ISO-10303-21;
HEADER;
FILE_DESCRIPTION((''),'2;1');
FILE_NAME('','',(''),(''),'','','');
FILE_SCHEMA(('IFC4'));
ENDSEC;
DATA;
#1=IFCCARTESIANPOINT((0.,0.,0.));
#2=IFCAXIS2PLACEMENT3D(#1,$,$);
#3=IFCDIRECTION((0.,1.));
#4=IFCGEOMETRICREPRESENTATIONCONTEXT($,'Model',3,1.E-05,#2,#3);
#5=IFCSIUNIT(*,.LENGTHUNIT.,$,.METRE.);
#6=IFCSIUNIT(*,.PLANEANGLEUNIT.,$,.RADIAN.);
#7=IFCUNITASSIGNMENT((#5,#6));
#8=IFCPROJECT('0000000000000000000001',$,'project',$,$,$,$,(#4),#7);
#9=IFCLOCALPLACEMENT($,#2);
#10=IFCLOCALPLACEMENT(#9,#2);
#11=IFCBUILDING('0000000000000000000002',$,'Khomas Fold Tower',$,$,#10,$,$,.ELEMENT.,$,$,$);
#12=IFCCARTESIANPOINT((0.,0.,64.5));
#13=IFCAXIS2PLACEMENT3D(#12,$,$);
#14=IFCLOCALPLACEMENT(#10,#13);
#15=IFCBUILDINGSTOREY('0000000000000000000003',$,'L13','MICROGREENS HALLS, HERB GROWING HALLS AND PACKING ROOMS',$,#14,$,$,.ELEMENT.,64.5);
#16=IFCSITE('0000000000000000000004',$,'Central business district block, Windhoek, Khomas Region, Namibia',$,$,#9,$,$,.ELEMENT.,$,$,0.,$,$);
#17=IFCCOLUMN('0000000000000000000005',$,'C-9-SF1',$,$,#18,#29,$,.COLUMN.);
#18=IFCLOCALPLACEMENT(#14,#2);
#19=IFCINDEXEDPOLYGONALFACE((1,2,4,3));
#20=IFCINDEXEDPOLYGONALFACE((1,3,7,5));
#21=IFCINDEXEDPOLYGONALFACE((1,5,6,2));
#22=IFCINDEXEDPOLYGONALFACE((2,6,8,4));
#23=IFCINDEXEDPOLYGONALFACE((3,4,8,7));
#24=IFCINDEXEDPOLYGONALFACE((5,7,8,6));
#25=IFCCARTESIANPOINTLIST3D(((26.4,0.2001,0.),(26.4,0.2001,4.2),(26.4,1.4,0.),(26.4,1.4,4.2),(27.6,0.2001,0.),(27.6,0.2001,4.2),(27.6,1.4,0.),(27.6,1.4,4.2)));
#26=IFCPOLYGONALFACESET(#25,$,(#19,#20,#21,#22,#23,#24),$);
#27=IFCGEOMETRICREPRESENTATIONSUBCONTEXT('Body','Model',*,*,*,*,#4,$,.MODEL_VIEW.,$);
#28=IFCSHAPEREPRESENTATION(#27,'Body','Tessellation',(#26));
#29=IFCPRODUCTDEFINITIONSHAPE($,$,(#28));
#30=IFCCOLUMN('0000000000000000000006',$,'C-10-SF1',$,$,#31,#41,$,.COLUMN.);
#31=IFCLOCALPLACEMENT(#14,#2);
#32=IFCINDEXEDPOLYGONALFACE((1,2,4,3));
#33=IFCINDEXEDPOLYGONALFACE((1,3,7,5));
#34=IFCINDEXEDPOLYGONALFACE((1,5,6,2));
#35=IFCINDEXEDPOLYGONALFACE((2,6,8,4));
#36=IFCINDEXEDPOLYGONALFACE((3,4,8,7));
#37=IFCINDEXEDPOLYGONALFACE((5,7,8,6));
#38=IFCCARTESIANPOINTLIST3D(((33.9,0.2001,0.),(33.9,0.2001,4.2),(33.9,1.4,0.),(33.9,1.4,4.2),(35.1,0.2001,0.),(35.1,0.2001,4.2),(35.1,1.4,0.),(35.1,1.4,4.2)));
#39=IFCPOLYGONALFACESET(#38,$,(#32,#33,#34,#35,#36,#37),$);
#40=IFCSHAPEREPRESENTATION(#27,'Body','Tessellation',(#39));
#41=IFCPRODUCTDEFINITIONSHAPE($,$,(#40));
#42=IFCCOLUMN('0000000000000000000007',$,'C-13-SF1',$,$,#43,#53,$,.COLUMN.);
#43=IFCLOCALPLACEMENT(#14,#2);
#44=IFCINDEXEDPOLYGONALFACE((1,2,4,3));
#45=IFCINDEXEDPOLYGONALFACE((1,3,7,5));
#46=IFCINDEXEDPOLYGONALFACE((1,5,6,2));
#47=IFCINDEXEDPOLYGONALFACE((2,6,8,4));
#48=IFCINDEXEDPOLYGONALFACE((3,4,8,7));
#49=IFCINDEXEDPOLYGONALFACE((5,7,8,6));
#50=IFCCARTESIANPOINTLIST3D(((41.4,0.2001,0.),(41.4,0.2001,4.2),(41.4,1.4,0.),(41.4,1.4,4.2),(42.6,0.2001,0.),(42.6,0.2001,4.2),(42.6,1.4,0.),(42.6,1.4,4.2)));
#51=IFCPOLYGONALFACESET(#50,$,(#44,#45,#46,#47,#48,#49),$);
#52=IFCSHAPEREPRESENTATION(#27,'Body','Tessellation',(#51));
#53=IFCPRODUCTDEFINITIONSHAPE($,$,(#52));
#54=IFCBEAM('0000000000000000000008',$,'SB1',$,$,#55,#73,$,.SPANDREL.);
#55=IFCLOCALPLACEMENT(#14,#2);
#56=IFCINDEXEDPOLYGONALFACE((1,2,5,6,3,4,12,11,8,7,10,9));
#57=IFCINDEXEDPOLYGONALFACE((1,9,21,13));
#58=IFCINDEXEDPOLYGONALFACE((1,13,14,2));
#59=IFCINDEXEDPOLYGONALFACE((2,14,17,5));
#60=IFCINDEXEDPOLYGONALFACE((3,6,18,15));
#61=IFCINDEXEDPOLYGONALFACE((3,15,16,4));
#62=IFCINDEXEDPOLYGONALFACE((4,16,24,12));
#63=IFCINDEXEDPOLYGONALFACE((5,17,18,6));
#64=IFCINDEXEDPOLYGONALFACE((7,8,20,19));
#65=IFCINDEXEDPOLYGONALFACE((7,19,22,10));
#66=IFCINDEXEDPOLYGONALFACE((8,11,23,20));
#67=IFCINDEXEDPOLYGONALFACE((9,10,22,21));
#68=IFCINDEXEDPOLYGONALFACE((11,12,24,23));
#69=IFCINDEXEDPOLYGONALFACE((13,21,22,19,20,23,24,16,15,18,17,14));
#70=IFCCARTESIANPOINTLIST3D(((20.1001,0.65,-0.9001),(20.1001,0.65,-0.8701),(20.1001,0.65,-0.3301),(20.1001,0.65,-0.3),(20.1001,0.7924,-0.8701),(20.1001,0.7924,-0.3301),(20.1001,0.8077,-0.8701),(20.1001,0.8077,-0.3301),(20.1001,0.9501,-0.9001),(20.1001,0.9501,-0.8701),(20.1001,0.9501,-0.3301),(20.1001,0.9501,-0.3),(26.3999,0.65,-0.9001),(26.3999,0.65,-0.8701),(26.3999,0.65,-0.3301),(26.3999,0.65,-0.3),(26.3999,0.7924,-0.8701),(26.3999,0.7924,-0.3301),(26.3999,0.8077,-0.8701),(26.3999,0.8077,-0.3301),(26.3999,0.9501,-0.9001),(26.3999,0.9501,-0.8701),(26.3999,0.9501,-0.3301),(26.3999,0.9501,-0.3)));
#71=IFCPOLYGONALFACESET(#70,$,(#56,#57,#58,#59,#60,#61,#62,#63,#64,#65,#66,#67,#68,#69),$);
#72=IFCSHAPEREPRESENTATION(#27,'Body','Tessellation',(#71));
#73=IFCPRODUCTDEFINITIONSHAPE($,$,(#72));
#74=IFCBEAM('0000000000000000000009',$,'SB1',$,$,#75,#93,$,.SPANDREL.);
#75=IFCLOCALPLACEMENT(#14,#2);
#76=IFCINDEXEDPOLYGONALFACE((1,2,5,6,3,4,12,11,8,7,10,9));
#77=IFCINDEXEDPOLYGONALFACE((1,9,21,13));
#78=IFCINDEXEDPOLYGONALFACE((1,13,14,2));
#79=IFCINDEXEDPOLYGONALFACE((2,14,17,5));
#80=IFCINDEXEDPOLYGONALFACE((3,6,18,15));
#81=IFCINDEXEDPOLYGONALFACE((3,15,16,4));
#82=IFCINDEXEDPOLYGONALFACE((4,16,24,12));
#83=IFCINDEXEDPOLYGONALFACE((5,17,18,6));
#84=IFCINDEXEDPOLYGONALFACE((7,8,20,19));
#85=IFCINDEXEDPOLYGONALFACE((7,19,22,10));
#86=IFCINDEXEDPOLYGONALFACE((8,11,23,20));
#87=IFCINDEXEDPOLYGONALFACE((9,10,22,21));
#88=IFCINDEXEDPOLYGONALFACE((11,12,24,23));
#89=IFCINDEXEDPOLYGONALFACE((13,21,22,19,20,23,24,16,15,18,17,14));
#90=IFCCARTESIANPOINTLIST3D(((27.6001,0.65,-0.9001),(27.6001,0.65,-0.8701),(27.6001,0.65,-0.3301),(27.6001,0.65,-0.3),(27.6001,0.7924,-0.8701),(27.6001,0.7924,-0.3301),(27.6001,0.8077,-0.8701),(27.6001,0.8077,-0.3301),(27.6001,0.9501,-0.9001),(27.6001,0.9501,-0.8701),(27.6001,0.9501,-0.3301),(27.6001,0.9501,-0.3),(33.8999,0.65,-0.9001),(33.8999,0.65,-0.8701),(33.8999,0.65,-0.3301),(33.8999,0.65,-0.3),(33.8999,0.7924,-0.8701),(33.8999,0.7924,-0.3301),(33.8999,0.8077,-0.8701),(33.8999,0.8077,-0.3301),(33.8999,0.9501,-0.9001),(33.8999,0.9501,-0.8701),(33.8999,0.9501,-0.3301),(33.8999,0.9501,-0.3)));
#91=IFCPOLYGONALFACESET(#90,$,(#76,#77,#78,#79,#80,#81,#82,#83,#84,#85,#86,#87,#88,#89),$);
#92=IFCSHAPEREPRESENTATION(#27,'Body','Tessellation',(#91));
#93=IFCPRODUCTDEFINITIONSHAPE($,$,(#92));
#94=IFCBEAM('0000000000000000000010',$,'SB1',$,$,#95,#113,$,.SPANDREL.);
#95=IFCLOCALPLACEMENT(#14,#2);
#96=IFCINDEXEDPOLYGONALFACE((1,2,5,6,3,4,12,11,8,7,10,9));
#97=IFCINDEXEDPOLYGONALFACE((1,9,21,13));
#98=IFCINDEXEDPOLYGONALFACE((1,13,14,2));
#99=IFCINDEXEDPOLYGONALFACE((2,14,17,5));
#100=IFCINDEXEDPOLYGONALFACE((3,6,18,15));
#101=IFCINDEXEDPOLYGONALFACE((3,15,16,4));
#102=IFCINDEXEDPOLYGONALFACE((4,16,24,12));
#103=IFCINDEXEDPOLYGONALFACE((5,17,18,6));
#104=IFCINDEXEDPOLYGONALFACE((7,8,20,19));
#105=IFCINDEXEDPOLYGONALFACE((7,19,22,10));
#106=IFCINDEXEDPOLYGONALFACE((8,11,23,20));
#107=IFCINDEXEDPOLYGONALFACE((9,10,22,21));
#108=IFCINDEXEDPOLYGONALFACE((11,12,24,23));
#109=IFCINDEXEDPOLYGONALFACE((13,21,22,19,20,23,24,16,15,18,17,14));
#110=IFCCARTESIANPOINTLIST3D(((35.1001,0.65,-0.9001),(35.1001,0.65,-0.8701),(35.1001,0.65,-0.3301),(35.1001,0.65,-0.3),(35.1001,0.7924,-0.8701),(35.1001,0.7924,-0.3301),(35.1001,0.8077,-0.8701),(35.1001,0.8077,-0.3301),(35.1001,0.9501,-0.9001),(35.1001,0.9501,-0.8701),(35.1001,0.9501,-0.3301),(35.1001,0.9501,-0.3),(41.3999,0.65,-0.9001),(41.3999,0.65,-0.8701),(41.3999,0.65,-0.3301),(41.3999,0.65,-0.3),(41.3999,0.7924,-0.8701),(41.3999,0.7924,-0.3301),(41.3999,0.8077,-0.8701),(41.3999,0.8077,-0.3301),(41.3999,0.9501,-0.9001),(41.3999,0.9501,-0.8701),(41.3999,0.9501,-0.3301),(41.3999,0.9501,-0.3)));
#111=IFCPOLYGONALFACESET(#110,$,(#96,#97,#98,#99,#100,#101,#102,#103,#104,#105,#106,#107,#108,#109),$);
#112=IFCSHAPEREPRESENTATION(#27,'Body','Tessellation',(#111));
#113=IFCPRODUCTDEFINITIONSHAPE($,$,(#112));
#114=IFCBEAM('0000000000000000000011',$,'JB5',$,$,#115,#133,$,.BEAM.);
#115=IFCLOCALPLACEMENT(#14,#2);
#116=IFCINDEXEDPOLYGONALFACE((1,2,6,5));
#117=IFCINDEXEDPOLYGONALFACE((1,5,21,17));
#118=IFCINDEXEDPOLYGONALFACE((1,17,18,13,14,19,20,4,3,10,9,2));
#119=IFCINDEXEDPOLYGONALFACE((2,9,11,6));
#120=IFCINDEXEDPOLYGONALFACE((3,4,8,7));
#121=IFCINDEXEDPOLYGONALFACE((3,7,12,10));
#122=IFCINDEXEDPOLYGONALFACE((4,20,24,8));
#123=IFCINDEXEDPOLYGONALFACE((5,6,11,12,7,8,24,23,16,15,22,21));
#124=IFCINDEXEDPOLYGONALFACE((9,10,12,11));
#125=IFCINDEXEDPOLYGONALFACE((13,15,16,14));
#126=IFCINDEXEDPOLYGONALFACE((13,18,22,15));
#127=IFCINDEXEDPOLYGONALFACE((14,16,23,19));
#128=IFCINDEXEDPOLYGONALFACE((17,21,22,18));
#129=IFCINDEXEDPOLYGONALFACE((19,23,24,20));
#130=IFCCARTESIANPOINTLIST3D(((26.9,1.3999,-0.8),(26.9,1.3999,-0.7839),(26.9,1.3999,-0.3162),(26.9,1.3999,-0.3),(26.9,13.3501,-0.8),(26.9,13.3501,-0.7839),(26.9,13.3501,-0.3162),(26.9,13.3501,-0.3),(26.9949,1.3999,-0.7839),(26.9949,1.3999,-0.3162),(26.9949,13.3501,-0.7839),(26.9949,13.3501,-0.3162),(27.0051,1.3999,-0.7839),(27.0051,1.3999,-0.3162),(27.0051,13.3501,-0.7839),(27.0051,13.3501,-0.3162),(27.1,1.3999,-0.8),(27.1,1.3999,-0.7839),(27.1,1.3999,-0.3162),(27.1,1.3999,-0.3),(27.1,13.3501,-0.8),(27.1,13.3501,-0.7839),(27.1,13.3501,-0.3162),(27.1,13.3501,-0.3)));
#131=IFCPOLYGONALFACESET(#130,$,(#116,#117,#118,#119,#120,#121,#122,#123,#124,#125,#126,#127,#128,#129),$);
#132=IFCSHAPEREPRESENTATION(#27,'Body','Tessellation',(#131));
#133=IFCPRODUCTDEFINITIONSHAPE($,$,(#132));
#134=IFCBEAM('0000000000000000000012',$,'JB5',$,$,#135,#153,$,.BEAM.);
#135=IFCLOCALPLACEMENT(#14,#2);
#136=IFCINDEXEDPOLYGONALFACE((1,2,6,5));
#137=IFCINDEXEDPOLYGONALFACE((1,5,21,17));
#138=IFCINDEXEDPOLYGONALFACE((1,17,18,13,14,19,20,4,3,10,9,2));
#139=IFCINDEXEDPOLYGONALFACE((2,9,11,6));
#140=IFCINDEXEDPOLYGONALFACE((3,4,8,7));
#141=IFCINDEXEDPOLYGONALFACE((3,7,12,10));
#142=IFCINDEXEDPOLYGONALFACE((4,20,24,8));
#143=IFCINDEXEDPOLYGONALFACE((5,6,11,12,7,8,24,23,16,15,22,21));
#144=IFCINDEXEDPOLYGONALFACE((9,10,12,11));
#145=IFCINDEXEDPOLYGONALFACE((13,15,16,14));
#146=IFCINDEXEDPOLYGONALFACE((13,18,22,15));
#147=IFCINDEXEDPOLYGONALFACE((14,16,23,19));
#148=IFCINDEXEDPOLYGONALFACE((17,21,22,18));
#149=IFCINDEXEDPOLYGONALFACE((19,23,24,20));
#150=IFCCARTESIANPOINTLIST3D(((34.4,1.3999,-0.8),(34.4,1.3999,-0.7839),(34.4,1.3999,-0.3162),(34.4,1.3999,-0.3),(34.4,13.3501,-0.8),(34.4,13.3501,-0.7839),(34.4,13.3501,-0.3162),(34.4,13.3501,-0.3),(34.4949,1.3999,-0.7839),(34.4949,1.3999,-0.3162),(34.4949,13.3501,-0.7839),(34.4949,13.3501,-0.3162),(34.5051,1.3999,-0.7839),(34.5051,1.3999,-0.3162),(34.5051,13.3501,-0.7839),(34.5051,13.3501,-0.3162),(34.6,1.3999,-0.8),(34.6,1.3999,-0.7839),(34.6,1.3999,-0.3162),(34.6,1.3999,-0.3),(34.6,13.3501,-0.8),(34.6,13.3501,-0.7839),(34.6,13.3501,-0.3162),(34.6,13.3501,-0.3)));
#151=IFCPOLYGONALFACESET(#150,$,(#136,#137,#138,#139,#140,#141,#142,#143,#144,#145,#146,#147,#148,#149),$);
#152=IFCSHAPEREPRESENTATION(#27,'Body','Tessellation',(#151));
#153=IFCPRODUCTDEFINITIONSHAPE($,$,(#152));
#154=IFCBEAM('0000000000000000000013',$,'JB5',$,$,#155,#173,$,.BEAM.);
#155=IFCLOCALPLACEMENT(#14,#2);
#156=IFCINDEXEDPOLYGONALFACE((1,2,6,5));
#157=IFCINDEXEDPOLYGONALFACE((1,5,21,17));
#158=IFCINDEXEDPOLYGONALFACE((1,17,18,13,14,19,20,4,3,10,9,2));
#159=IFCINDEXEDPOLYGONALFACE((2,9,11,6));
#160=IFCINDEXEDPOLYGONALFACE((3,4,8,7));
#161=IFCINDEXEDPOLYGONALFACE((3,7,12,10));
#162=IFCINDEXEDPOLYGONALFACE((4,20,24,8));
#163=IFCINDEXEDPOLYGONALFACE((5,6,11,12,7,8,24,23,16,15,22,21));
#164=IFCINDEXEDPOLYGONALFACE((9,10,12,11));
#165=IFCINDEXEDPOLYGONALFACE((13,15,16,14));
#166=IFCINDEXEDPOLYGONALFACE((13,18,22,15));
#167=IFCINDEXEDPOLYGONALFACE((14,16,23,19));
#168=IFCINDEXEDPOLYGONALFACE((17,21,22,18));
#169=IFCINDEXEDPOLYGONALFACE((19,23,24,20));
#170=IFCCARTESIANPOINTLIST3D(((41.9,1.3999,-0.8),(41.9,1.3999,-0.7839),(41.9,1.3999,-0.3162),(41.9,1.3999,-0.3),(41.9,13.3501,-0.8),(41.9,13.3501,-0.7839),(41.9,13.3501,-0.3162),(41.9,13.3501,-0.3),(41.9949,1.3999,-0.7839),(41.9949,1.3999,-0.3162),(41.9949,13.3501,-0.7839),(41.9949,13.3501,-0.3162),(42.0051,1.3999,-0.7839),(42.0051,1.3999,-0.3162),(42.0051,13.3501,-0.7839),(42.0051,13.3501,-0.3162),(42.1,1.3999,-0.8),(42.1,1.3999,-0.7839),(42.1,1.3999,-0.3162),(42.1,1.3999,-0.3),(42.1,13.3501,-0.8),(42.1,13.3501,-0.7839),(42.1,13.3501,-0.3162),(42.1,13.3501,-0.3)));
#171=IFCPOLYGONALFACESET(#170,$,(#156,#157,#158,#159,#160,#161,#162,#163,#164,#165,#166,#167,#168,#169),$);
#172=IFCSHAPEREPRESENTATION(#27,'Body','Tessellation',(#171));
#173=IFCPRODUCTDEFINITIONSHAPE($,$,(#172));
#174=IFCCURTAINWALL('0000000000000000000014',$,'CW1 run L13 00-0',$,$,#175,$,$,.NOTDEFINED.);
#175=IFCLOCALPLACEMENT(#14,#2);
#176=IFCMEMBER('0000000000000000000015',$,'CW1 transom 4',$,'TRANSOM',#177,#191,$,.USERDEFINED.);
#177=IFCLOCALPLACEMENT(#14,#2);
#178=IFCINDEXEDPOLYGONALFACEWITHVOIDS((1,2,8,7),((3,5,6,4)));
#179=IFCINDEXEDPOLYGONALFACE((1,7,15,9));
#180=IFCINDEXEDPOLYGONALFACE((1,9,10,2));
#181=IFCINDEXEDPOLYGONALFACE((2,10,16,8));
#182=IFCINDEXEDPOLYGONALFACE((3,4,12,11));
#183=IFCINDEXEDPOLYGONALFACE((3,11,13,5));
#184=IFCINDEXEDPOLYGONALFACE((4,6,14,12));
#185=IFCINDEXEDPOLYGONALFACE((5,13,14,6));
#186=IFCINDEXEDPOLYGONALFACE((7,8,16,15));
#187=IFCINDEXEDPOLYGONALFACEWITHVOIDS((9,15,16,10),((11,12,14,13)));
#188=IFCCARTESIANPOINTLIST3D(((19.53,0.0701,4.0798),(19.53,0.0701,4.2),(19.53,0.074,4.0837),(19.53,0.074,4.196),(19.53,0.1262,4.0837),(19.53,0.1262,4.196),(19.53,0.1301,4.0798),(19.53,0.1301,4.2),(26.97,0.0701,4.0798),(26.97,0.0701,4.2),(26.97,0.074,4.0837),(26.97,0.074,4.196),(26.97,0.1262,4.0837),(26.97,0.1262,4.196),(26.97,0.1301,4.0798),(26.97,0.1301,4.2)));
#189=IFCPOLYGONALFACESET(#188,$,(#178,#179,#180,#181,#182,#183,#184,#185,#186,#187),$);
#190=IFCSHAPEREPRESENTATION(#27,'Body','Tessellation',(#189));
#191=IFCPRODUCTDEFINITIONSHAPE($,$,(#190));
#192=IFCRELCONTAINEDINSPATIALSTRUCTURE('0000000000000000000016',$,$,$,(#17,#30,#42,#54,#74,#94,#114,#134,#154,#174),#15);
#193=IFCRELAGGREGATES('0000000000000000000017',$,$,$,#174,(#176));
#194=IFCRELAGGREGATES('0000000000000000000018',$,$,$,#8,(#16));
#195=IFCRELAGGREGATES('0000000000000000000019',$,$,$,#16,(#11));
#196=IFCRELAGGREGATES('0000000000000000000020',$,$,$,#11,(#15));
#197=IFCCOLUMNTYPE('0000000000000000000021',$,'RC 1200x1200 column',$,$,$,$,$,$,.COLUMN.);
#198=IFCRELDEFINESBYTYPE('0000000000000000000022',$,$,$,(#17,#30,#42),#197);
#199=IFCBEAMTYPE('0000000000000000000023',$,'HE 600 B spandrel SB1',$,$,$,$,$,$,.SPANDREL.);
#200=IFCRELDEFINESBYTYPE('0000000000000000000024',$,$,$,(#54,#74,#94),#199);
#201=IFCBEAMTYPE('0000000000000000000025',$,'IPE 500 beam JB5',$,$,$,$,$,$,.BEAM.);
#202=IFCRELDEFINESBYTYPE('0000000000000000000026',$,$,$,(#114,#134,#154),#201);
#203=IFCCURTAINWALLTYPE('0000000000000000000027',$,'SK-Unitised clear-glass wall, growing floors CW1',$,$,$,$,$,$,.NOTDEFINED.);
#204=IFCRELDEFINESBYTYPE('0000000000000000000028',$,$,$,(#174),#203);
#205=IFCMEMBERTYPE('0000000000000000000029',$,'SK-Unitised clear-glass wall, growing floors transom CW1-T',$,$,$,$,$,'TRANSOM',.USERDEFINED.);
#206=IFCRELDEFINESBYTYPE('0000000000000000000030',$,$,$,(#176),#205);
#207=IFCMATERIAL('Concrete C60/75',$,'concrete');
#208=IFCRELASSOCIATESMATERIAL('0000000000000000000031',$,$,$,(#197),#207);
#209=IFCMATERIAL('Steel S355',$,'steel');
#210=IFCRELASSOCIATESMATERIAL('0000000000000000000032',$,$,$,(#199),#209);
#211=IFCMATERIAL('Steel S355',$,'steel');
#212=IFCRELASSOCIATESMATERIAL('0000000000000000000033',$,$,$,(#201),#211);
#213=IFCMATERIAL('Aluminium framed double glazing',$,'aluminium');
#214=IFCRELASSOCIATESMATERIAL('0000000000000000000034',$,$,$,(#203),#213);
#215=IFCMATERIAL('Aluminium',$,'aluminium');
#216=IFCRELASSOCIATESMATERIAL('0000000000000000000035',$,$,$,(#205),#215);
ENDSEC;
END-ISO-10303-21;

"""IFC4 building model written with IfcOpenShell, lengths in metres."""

from ifc_helpers import new_model, si_unit, direction, frame, origin, origin_2d, place, context, subcontext, project, spatial, rectangle, hollow_rectangle, i_section, extrude, source, transform, mapped, material, material_profile, profile_set, type_object, element, aggregate, save


model = new_model("IFC4")

# Units and contexts
model_context = context("Model", 3, precision=1e-05, world=origin(), true_north=direction((0.0, 1.0)))
body_context = subcontext(model_context, "Body", "Model", "MODEL_VIEW")
ifc_project = project(units=[si_unit("LENGTHUNIT", "METRE"), si_unit("PLANEANGLEUNIT", "RADIAN")], contexts=[model_context])

# Site, building, storey
site_placement = place(None, origin())
site = spatial("IfcSite", under=ifc_project, at=site_placement, Name="Central business district block, Windhoek, Khomas Region, Namibia", CompositionType="ELEMENT", RefElevation=0.0)
building_placement = place(site_placement, origin())
building = spatial("IfcBuilding", under=site, at=building_placement, Name="Khomas Fold Tower", CompositionType="ELEMENT")
storey_placement = place(building_placement, frame((0.0, 0.0, 64.5)))
storey = spatial("IfcBuildingStorey", under=building, at=storey_placement, Name="L13", Description="MICROGREENS HALLS, HERB GROWING HALLS AND PACKING ROOMS", CompositionType="ELEMENT", Elevation=64.5)

# Columns
ifc_material_1 = material(Name="Concrete C60/75", Category="concrete")
ifc_material_profile_1 = material_profile(ifc_material_1, rectangle(XDim=1.2, YDim=1.2, at=origin_2d()), Name="RC 1200x1200")
ifc_profile_set_1 = profile_set([ifc_material_profile_1], Name="Concrete C60/75")
column_type = type_object("IfcColumnType", Name="RC 1200x1200 column", PredefinedType="COLUMN", material=ifc_profile_set_1)
shared_shape_1 = source(origin(), body_context, "Body", "SweptSolid", [
    extrude(rectangle(XDim=1.2, YDim=1.2, at=origin_2d()), origin(), (0.0, 0.0, 1.0), 4.2),
])
for number, where, z_axis, x_axis, name in (
    (1, (27.0, 0.8, 0.0), (0.0, 0.0, 1.0), (1.0, 0.0, 0.0), "C-9-SF1"),
    (2, (34.5, 0.8, 0.0), (0.0, 0.0, 1.0), (1.0, 0.0, 0.0), "C-10-SF1"),
    (3, (42.0, 0.8, 0.0), (0.0, 0.0, 1.0), (1.0, 0.0, 0.0), "C-13-SF1"),
):
    element("IfcColumn", number, at=place(storey_placement, frame(where, z_axis=z_axis, x_axis=x_axis)), inside=storey, type_object=column_type, Name=name, PredefinedType="COLUMN", context=body_context, shape_type="MappedRepresentation", body=[
        mapped(shared_shape_1, transform((0.0, 0.0, 0.0))),
    ])

# Beams
ifc_material_2 = material(Name="Steel S355", Category="steel")
ifc_material_profile_2 = material_profile(ifc_material_2, i_section(OverallWidth=0.3, OverallDepth=0.6001, WebThickness=0.0154, FlangeThickness=0.03, at=origin_2d()), Name="HE 600 B")
ifc_profile_set_2 = profile_set([ifc_material_profile_2], Name="Steel S355")
beam_type_1 = type_object("IfcBeamType", Name="HE 600 B spandrel SB1", PredefinedType="SPANDREL", material=ifc_profile_set_2)
shared_shape_2 = source(origin(), body_context, "Body", "SweptSolid", [
    extrude(i_section(OverallWidth=0.3, OverallDepth=0.6001, WebThickness=0.0154, FlangeThickness=0.03, at=origin_2d()), origin(), (0.0, 0.0, 1.0), 6.2998),
])
for number, where, z_axis, x_axis, name in (
    (4, (20.1001, 0.8, -0.6001), (1.0, 0.0, 0.0), (0.0, 1.0, 0.0), "SB1"),
    (5, (27.6001, 0.8, -0.6001), (1.0, 0.0, 0.0), (0.0, 1.0, 0.0), "SB1"),
    (6, (35.1001, 0.8, -0.6001), (1.0, 0.0, 0.0), (0.0, 1.0, 0.0), "SB1"),
):
    element("IfcBeam", number, at=place(storey_placement, frame(where, z_axis=z_axis, x_axis=x_axis)), inside=storey, type_object=beam_type_1, Name=name, PredefinedType="SPANDREL", context=body_context, shape_type="MappedRepresentation", body=[
        mapped(shared_shape_2, transform((0.0, 0.0, 0.0))),
    ])
ifc_material_3 = material(Name="Steel S355", Category="steel")
ifc_material_profile_3 = material_profile(ifc_material_3, i_section(OverallWidth=0.2, OverallDepth=0.5, WebThickness=0.0103, FlangeThickness=0.0161, at=origin_2d()), Name="IPE 500")
ifc_profile_set_3 = profile_set([ifc_material_profile_3], Name="Steel S355")
beam_type_2 = type_object("IfcBeamType", Name="IPE 500 beam JB5", PredefinedType="BEAM", material=ifc_profile_set_3)
shared_shape_3 = source(origin(), body_context, "Body", "SweptSolid", [
    extrude(i_section(OverallWidth=0.2, OverallDepth=0.5, WebThickness=0.0103, FlangeThickness=0.0161, at=origin_2d()), origin(), (0.0, 0.0, 1.0), 11.9502),
])
for number, where, z_axis, x_axis, name in (
    (7, (27.0, 1.3999, -0.55), (0.0, 1.0, 0.0), (-1.0, 0.0, 0.0), "JB5"),
    (8, (34.5, 1.3999, -0.55), (0.0, 1.0, 0.0), (-1.0, 0.0, 0.0), "JB5"),
    (9, (42.0, 1.3999, -0.55), (0.0, 1.0, 0.0), (-1.0, 0.0, 0.0), "JB5"),
):
    element("IfcBeam", number, at=place(storey_placement, frame(where, z_axis=z_axis, x_axis=x_axis)), inside=storey, type_object=beam_type_2, Name=name, PredefinedType="BEAM", context=body_context, shape_type="MappedRepresentation", body=[
        mapped(shared_shape_3, transform((0.0, 0.0, 0.0))),
    ])

# Curtain wall, member
ifc_material_4 = material(Name="Aluminium framed double glazing", Category="aluminium")
curtain_wall_type = type_object("IfcCurtainWallType", Name="SK-Unitised clear-glass wall, growing floors CW1", PredefinedType="NOTDEFINED", material=ifc_material_4)
curtain_wall_placement = place(storey_placement, origin())
curtain_wall = element("IfcCurtainWall", 10, at=curtain_wall_placement, inside=storey, type_object=curtain_wall_type, Name="CW1 run L13 00-0", PredefinedType="NOTDEFINED")
ifc_material_5 = material(Name="Aluminium", Category="aluminium")
ifc_material_profile_4 = material_profile(ifc_material_5, hollow_rectangle(XDim=0.0601, YDim=0.1201, WallThickness=0.0039, at=origin_2d()), Name="SK-Unitised clear-glass wall, growing floors transom CW1-T")
ifc_profile_set_4 = profile_set([ifc_material_profile_4], Name="Aluminium")
member_type_1 = type_object("IfcMemberType", Name="SK-Unitised clear-glass wall, growing floors transom CW1-T", ElementType="TRANSOM", PredefinedType="USERDEFINED", material=ifc_profile_set_4)
shared_shape_4 = source(origin(), body_context, "Body", "SweptSolid", [
    extrude(hollow_rectangle(XDim=0.0601, YDim=0.1201, WallThickness=0.0039, at=origin_2d()), origin(), (0.0, 0.0, 1.0), 7.4399),
])
member_1_placement = place(storey_placement, frame((19.53, 0.1001, 4.1399), z_axis=(1.0, 0.0, 0.0), x_axis=(0.0, 1.0, 0.0)))
member_1 = element("IfcMember", 11, at=member_1_placement, type_object=member_type_1, Name="CW1 transom 4", ObjectType="TRANSOM", PredefinedType="USERDEFINED", context=body_context, shape_type="MappedRepresentation", body=[
    mapped(shared_shape_4, transform((0.0, 0.0, 0.0))),
])
aggregate(curtain_wall, [member_1])

save(model, "model.ifc")
